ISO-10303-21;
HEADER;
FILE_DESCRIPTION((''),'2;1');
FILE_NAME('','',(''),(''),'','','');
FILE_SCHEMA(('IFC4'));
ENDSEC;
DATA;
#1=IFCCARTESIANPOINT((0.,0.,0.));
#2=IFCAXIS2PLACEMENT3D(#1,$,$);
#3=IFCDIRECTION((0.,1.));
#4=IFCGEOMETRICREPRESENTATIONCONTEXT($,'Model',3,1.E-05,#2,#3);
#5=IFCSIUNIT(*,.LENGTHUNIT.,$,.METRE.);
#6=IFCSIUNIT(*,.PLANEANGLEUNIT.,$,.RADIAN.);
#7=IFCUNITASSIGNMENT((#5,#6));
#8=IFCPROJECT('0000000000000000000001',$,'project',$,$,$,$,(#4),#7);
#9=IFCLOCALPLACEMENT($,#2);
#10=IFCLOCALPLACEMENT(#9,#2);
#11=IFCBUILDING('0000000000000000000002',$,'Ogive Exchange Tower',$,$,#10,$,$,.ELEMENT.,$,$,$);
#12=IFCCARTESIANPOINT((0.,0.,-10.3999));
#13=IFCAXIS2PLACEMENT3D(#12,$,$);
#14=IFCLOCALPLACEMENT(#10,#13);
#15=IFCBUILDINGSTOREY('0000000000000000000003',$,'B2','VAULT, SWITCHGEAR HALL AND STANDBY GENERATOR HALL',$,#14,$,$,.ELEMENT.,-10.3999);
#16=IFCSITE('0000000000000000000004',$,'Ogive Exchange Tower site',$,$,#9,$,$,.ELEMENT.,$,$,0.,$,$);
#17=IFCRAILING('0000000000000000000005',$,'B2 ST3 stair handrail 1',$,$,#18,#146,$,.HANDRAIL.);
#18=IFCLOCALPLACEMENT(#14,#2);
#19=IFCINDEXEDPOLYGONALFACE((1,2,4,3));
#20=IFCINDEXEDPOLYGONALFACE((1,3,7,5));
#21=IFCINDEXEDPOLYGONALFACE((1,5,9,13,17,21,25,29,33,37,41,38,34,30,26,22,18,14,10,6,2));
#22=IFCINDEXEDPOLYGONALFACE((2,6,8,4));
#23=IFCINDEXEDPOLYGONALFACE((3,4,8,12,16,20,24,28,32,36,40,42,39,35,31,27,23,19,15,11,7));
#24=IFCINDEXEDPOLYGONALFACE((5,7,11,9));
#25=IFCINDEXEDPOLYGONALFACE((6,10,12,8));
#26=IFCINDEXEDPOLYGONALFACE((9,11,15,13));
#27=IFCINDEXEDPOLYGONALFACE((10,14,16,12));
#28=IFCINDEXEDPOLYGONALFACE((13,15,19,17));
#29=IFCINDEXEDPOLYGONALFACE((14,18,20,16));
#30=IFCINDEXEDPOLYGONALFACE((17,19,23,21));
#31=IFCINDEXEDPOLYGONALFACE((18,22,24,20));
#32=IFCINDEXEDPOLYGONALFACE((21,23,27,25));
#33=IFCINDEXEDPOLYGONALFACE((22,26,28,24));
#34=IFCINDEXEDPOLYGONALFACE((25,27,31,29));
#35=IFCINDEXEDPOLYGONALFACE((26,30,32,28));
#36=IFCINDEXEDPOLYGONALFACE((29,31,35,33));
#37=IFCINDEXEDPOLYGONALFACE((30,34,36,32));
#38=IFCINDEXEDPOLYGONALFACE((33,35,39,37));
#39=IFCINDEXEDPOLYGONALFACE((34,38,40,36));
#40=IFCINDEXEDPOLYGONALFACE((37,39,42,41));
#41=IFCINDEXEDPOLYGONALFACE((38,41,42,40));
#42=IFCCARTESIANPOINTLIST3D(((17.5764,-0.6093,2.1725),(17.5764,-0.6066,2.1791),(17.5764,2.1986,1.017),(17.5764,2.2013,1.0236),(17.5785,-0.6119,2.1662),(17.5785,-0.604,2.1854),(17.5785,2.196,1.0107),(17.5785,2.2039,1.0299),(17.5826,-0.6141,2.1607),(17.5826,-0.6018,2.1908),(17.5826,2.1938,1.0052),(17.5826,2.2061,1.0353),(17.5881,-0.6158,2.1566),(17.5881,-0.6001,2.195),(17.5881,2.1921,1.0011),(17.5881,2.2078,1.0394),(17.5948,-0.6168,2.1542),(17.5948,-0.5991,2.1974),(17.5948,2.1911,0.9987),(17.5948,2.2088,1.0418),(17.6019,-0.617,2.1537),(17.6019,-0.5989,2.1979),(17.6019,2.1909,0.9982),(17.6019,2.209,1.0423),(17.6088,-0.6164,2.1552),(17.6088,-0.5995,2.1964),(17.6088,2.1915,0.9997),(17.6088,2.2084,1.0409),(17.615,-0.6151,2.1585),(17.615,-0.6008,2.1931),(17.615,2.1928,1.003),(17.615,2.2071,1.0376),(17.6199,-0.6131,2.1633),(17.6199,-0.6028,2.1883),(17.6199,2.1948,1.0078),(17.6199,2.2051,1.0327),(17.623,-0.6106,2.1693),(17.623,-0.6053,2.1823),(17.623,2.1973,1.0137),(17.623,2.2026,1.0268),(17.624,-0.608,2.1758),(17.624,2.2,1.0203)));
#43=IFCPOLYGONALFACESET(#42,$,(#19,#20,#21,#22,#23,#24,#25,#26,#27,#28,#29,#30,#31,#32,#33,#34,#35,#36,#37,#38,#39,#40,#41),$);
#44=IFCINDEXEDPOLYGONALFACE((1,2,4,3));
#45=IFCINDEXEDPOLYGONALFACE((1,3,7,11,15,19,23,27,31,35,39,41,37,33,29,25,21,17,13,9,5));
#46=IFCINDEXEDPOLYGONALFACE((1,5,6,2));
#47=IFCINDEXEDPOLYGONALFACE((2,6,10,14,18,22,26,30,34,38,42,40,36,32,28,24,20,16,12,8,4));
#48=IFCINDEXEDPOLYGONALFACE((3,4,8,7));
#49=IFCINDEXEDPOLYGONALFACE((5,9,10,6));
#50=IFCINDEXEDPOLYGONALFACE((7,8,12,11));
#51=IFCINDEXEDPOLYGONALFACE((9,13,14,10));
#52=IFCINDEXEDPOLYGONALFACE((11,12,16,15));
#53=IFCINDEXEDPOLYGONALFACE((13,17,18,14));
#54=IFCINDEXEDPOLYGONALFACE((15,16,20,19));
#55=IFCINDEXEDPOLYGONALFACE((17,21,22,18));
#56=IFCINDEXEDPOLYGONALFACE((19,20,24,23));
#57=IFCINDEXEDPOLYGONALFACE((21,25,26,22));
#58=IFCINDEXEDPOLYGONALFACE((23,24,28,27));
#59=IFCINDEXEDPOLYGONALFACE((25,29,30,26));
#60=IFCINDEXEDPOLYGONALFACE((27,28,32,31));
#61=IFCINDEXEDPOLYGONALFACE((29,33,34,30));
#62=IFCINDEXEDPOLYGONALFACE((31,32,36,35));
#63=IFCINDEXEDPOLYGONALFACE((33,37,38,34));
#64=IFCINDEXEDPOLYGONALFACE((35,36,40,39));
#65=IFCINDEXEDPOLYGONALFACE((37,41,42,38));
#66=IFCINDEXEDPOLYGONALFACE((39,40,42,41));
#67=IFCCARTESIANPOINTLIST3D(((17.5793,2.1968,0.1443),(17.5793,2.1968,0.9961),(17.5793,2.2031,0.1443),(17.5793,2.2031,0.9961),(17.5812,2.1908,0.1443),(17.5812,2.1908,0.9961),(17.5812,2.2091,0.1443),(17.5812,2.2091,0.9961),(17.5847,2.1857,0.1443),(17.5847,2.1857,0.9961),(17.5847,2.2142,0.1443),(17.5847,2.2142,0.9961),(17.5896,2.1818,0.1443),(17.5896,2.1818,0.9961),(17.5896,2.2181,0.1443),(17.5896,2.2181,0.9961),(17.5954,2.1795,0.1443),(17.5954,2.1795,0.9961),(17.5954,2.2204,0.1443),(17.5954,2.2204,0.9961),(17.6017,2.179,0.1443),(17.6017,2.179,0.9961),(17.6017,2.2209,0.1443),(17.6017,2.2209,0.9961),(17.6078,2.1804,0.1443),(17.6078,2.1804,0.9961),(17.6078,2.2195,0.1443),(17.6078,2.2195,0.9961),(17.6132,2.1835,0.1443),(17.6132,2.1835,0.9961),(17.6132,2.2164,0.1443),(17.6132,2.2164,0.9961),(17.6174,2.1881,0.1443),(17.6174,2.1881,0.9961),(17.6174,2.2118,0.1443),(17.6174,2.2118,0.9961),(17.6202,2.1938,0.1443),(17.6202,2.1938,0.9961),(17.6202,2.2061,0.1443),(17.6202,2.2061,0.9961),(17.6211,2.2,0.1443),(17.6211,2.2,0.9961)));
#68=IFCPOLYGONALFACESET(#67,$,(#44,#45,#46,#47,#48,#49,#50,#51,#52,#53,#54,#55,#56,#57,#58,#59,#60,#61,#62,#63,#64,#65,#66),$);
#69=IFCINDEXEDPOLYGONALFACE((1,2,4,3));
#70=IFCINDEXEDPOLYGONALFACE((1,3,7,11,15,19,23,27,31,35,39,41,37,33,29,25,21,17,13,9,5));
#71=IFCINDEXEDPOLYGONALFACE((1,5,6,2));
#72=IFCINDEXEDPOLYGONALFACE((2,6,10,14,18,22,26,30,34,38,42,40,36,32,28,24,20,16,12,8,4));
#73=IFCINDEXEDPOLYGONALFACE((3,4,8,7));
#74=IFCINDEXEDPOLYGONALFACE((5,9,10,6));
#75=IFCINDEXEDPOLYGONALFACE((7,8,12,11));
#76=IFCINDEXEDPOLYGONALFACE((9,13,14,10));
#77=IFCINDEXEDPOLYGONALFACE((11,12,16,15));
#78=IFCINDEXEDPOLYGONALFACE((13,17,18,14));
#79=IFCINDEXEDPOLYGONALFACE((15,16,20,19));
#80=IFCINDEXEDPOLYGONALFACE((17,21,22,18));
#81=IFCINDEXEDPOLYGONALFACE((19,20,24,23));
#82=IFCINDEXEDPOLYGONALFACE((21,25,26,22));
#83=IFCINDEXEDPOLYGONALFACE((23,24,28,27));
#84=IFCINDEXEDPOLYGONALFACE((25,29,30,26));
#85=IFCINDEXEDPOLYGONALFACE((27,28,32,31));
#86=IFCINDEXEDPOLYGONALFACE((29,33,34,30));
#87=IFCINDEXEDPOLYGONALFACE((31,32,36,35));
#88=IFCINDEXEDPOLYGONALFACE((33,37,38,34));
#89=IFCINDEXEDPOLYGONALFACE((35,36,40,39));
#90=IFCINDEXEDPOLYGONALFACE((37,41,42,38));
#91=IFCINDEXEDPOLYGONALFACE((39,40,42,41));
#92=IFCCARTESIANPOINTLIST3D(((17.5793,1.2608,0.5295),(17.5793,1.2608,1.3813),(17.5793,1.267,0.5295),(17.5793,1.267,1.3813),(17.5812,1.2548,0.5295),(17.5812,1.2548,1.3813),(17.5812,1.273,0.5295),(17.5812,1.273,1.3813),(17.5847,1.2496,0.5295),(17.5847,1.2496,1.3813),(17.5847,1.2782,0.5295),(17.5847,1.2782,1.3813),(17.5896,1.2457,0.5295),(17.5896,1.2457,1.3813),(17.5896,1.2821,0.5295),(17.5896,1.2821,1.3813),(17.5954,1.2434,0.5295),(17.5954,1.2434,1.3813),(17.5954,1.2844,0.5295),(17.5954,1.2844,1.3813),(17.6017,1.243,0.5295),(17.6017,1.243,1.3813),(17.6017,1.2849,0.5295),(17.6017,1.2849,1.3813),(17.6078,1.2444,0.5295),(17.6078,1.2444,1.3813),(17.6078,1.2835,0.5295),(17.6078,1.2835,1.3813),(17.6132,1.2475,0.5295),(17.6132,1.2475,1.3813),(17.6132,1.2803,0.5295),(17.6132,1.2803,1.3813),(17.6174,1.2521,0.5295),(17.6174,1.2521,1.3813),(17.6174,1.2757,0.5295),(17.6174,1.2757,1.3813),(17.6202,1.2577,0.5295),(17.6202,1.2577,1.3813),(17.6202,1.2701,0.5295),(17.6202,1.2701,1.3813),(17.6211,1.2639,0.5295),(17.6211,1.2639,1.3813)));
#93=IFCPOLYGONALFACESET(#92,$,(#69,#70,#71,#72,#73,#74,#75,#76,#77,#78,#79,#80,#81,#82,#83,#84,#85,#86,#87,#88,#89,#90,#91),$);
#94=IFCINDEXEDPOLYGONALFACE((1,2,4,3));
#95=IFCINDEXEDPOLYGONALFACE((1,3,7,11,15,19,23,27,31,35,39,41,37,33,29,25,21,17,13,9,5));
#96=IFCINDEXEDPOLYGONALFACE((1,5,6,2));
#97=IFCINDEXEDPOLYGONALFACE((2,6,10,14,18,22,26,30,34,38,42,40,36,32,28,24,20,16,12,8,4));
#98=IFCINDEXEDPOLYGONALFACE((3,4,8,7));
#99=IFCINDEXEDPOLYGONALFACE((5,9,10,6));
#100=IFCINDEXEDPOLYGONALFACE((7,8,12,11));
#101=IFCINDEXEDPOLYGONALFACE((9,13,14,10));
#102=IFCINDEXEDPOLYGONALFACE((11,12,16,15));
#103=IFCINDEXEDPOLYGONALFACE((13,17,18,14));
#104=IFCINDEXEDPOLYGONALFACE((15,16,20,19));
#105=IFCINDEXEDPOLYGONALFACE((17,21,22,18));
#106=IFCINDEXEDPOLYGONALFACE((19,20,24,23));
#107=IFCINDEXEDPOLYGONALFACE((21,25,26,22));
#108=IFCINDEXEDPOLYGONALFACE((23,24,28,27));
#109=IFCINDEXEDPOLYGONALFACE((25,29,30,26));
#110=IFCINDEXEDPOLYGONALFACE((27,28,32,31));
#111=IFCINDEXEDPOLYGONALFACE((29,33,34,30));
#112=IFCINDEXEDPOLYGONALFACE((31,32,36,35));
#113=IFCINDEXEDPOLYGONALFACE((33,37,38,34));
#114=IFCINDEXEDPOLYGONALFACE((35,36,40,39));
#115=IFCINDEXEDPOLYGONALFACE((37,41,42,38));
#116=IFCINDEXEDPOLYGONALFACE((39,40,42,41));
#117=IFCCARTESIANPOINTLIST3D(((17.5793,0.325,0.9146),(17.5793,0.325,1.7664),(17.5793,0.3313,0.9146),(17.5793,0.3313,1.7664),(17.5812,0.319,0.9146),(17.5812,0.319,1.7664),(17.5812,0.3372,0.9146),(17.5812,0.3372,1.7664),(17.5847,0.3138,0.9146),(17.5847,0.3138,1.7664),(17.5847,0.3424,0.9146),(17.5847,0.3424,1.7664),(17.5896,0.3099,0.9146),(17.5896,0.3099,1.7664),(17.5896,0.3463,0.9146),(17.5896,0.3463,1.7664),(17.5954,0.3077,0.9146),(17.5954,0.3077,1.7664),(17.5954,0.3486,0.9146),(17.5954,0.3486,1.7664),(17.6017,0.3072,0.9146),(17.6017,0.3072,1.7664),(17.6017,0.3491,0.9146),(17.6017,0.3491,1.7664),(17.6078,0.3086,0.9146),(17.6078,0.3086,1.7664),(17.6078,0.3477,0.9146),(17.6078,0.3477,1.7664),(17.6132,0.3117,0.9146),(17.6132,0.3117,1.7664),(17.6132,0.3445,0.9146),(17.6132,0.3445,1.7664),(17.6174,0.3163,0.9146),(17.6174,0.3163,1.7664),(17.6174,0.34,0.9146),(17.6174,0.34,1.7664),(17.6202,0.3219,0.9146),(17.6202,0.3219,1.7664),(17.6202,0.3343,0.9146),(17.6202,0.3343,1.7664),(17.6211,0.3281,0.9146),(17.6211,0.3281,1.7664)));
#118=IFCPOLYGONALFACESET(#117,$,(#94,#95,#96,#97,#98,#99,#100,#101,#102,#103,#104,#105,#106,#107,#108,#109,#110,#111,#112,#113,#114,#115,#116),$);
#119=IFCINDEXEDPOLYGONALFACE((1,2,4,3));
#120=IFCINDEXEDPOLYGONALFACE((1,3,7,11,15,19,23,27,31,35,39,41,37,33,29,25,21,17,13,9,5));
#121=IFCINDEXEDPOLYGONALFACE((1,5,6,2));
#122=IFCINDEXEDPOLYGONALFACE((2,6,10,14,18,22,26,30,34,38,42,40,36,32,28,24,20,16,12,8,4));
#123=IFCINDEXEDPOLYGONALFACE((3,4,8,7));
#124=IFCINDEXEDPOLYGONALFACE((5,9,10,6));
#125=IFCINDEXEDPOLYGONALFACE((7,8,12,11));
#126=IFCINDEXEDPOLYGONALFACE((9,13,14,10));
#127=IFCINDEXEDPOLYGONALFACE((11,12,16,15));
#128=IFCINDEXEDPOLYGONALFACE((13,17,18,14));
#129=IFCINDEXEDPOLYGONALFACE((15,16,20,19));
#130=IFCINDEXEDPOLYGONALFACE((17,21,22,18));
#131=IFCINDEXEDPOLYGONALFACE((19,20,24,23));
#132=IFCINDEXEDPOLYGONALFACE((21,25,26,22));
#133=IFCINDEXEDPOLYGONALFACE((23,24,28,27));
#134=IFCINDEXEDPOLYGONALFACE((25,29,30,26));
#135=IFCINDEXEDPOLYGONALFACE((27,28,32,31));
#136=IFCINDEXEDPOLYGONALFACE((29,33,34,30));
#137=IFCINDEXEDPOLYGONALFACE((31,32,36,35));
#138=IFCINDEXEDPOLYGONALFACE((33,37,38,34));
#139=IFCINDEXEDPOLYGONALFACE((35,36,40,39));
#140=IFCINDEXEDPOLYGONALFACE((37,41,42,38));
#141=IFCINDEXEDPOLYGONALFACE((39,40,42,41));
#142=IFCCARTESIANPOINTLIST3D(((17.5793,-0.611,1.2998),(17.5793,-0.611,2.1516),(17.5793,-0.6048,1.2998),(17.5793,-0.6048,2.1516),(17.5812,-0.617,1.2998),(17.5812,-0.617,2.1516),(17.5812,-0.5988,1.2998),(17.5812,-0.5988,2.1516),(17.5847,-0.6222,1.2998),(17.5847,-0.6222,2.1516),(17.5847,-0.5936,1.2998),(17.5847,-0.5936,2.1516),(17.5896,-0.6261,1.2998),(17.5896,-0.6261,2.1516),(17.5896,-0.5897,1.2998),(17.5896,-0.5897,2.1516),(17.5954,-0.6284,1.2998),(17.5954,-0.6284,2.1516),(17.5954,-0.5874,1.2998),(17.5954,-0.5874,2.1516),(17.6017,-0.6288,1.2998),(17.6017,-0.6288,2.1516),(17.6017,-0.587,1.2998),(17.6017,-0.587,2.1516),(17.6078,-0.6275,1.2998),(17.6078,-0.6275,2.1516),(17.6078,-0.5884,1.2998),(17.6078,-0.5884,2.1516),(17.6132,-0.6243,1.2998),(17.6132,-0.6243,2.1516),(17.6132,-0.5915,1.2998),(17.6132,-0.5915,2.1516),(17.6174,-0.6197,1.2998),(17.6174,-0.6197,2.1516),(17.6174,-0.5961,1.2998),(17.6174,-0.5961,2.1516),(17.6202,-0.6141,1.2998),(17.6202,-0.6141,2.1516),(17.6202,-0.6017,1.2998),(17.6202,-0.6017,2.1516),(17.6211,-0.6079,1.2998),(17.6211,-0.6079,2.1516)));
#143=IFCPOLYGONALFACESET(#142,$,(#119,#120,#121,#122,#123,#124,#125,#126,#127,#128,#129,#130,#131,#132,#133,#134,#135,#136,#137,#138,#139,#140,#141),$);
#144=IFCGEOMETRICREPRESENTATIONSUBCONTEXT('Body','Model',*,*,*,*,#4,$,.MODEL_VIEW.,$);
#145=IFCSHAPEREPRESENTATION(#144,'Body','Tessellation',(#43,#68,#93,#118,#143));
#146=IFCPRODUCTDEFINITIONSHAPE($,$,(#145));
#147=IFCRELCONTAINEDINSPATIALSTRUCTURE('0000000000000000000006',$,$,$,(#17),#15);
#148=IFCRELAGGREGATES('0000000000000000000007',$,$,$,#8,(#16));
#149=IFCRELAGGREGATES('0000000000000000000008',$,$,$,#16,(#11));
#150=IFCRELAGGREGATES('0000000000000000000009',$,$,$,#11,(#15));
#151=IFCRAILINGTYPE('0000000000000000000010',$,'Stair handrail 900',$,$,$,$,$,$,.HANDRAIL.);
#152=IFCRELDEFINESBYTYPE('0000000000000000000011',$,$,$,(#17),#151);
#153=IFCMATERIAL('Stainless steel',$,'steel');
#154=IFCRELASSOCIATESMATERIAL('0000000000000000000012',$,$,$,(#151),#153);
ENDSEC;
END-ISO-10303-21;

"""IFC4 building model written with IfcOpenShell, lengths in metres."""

from ifc_helpers import new_model, si_unit, direction, frame, origin, origin_2d, place, context, subcontext, project, spatial, circle, extrude, material, type_object, element, save


model = new_model("IFC4")

# Units and contexts
model_context = context("Model", 3, precision=1e-05, world=origin(), true_north=direction((0.0, 1.0)))
body_context = subcontext(model_context, "Body", "Model", "MODEL_VIEW")
ifc_project = project(units=[si_unit("LENGTHUNIT", "METRE"), si_unit("PLANEANGLEUNIT", "RADIAN")], contexts=[model_context])

# Site, building, storey
site_placement = place(None, origin())
site = spatial("IfcSite", under=ifc_project, at=site_placement, Name="Ogive Exchange Tower site", CompositionType="ELEMENT", RefElevation=0.0)
building_placement = place(site_placement, origin())
building = spatial("IfcBuilding", under=site, at=building_placement, Name="Ogive Exchange Tower", CompositionType="ELEMENT")
storey_placement = place(building_placement, frame((0.0, 0.0, -10.3999)))
storey = spatial("IfcBuildingStorey", under=building, at=storey_placement, Name="B2", Description="VAULT, SWITCHGEAR HALL AND STANDBY GENERATOR HALL", CompositionType="ELEMENT", Elevation=-10.3999)

# Railing
ifc_material_1 = material(Name="Stainless steel", Category="steel")
railing_type = type_object("IfcRailingType", Name="Stair handrail 900", PredefinedType="HANDRAIL", material=ifc_material_1)
for number, where, name in (
    (1, (17.6001, 2.2, 0.1443), "B2 ST3 stair handrail 1"),
):
    element("IfcRailing", number, at=place(storey_placement, frame(where)), inside=storey, type_object=railing_type, Name=name, PredefinedType="HANDRAIL", context=body_context, shape_type="SweptSolid", body=[
        extrude(circle(Radius=0.0239, at=origin_2d()), frame((0.0, 0.0, 0.876), z_axis=(0.0, -0.924755, 0.380564), x_axis=(1.0, 0.0, 0.0)), (0.0, 0.0, 1.0), 3.0364),
        extrude(circle(Radius=0.021, at=origin_2d()), origin(), (0.0, 0.0, 1.0), 0.8518),
        extrude(circle(Radius=0.021, at=origin_2d()), frame((0.0, -0.936, 0.3853)), (0.0, 0.0, 1.0), 0.8518),
        extrude(circle(Radius=0.021, at=origin_2d()), frame((0.0, -1.8718, 0.7703)), (0.0, 0.0, 1.0), 0.8518),
        extrude(circle(Radius=0.021, at=origin_2d()), frame((0.0, -2.8079, 1.1555)), (0.0, 0.0, 1.0), 0.8518),
    ])

save(model, "model.ifc")
